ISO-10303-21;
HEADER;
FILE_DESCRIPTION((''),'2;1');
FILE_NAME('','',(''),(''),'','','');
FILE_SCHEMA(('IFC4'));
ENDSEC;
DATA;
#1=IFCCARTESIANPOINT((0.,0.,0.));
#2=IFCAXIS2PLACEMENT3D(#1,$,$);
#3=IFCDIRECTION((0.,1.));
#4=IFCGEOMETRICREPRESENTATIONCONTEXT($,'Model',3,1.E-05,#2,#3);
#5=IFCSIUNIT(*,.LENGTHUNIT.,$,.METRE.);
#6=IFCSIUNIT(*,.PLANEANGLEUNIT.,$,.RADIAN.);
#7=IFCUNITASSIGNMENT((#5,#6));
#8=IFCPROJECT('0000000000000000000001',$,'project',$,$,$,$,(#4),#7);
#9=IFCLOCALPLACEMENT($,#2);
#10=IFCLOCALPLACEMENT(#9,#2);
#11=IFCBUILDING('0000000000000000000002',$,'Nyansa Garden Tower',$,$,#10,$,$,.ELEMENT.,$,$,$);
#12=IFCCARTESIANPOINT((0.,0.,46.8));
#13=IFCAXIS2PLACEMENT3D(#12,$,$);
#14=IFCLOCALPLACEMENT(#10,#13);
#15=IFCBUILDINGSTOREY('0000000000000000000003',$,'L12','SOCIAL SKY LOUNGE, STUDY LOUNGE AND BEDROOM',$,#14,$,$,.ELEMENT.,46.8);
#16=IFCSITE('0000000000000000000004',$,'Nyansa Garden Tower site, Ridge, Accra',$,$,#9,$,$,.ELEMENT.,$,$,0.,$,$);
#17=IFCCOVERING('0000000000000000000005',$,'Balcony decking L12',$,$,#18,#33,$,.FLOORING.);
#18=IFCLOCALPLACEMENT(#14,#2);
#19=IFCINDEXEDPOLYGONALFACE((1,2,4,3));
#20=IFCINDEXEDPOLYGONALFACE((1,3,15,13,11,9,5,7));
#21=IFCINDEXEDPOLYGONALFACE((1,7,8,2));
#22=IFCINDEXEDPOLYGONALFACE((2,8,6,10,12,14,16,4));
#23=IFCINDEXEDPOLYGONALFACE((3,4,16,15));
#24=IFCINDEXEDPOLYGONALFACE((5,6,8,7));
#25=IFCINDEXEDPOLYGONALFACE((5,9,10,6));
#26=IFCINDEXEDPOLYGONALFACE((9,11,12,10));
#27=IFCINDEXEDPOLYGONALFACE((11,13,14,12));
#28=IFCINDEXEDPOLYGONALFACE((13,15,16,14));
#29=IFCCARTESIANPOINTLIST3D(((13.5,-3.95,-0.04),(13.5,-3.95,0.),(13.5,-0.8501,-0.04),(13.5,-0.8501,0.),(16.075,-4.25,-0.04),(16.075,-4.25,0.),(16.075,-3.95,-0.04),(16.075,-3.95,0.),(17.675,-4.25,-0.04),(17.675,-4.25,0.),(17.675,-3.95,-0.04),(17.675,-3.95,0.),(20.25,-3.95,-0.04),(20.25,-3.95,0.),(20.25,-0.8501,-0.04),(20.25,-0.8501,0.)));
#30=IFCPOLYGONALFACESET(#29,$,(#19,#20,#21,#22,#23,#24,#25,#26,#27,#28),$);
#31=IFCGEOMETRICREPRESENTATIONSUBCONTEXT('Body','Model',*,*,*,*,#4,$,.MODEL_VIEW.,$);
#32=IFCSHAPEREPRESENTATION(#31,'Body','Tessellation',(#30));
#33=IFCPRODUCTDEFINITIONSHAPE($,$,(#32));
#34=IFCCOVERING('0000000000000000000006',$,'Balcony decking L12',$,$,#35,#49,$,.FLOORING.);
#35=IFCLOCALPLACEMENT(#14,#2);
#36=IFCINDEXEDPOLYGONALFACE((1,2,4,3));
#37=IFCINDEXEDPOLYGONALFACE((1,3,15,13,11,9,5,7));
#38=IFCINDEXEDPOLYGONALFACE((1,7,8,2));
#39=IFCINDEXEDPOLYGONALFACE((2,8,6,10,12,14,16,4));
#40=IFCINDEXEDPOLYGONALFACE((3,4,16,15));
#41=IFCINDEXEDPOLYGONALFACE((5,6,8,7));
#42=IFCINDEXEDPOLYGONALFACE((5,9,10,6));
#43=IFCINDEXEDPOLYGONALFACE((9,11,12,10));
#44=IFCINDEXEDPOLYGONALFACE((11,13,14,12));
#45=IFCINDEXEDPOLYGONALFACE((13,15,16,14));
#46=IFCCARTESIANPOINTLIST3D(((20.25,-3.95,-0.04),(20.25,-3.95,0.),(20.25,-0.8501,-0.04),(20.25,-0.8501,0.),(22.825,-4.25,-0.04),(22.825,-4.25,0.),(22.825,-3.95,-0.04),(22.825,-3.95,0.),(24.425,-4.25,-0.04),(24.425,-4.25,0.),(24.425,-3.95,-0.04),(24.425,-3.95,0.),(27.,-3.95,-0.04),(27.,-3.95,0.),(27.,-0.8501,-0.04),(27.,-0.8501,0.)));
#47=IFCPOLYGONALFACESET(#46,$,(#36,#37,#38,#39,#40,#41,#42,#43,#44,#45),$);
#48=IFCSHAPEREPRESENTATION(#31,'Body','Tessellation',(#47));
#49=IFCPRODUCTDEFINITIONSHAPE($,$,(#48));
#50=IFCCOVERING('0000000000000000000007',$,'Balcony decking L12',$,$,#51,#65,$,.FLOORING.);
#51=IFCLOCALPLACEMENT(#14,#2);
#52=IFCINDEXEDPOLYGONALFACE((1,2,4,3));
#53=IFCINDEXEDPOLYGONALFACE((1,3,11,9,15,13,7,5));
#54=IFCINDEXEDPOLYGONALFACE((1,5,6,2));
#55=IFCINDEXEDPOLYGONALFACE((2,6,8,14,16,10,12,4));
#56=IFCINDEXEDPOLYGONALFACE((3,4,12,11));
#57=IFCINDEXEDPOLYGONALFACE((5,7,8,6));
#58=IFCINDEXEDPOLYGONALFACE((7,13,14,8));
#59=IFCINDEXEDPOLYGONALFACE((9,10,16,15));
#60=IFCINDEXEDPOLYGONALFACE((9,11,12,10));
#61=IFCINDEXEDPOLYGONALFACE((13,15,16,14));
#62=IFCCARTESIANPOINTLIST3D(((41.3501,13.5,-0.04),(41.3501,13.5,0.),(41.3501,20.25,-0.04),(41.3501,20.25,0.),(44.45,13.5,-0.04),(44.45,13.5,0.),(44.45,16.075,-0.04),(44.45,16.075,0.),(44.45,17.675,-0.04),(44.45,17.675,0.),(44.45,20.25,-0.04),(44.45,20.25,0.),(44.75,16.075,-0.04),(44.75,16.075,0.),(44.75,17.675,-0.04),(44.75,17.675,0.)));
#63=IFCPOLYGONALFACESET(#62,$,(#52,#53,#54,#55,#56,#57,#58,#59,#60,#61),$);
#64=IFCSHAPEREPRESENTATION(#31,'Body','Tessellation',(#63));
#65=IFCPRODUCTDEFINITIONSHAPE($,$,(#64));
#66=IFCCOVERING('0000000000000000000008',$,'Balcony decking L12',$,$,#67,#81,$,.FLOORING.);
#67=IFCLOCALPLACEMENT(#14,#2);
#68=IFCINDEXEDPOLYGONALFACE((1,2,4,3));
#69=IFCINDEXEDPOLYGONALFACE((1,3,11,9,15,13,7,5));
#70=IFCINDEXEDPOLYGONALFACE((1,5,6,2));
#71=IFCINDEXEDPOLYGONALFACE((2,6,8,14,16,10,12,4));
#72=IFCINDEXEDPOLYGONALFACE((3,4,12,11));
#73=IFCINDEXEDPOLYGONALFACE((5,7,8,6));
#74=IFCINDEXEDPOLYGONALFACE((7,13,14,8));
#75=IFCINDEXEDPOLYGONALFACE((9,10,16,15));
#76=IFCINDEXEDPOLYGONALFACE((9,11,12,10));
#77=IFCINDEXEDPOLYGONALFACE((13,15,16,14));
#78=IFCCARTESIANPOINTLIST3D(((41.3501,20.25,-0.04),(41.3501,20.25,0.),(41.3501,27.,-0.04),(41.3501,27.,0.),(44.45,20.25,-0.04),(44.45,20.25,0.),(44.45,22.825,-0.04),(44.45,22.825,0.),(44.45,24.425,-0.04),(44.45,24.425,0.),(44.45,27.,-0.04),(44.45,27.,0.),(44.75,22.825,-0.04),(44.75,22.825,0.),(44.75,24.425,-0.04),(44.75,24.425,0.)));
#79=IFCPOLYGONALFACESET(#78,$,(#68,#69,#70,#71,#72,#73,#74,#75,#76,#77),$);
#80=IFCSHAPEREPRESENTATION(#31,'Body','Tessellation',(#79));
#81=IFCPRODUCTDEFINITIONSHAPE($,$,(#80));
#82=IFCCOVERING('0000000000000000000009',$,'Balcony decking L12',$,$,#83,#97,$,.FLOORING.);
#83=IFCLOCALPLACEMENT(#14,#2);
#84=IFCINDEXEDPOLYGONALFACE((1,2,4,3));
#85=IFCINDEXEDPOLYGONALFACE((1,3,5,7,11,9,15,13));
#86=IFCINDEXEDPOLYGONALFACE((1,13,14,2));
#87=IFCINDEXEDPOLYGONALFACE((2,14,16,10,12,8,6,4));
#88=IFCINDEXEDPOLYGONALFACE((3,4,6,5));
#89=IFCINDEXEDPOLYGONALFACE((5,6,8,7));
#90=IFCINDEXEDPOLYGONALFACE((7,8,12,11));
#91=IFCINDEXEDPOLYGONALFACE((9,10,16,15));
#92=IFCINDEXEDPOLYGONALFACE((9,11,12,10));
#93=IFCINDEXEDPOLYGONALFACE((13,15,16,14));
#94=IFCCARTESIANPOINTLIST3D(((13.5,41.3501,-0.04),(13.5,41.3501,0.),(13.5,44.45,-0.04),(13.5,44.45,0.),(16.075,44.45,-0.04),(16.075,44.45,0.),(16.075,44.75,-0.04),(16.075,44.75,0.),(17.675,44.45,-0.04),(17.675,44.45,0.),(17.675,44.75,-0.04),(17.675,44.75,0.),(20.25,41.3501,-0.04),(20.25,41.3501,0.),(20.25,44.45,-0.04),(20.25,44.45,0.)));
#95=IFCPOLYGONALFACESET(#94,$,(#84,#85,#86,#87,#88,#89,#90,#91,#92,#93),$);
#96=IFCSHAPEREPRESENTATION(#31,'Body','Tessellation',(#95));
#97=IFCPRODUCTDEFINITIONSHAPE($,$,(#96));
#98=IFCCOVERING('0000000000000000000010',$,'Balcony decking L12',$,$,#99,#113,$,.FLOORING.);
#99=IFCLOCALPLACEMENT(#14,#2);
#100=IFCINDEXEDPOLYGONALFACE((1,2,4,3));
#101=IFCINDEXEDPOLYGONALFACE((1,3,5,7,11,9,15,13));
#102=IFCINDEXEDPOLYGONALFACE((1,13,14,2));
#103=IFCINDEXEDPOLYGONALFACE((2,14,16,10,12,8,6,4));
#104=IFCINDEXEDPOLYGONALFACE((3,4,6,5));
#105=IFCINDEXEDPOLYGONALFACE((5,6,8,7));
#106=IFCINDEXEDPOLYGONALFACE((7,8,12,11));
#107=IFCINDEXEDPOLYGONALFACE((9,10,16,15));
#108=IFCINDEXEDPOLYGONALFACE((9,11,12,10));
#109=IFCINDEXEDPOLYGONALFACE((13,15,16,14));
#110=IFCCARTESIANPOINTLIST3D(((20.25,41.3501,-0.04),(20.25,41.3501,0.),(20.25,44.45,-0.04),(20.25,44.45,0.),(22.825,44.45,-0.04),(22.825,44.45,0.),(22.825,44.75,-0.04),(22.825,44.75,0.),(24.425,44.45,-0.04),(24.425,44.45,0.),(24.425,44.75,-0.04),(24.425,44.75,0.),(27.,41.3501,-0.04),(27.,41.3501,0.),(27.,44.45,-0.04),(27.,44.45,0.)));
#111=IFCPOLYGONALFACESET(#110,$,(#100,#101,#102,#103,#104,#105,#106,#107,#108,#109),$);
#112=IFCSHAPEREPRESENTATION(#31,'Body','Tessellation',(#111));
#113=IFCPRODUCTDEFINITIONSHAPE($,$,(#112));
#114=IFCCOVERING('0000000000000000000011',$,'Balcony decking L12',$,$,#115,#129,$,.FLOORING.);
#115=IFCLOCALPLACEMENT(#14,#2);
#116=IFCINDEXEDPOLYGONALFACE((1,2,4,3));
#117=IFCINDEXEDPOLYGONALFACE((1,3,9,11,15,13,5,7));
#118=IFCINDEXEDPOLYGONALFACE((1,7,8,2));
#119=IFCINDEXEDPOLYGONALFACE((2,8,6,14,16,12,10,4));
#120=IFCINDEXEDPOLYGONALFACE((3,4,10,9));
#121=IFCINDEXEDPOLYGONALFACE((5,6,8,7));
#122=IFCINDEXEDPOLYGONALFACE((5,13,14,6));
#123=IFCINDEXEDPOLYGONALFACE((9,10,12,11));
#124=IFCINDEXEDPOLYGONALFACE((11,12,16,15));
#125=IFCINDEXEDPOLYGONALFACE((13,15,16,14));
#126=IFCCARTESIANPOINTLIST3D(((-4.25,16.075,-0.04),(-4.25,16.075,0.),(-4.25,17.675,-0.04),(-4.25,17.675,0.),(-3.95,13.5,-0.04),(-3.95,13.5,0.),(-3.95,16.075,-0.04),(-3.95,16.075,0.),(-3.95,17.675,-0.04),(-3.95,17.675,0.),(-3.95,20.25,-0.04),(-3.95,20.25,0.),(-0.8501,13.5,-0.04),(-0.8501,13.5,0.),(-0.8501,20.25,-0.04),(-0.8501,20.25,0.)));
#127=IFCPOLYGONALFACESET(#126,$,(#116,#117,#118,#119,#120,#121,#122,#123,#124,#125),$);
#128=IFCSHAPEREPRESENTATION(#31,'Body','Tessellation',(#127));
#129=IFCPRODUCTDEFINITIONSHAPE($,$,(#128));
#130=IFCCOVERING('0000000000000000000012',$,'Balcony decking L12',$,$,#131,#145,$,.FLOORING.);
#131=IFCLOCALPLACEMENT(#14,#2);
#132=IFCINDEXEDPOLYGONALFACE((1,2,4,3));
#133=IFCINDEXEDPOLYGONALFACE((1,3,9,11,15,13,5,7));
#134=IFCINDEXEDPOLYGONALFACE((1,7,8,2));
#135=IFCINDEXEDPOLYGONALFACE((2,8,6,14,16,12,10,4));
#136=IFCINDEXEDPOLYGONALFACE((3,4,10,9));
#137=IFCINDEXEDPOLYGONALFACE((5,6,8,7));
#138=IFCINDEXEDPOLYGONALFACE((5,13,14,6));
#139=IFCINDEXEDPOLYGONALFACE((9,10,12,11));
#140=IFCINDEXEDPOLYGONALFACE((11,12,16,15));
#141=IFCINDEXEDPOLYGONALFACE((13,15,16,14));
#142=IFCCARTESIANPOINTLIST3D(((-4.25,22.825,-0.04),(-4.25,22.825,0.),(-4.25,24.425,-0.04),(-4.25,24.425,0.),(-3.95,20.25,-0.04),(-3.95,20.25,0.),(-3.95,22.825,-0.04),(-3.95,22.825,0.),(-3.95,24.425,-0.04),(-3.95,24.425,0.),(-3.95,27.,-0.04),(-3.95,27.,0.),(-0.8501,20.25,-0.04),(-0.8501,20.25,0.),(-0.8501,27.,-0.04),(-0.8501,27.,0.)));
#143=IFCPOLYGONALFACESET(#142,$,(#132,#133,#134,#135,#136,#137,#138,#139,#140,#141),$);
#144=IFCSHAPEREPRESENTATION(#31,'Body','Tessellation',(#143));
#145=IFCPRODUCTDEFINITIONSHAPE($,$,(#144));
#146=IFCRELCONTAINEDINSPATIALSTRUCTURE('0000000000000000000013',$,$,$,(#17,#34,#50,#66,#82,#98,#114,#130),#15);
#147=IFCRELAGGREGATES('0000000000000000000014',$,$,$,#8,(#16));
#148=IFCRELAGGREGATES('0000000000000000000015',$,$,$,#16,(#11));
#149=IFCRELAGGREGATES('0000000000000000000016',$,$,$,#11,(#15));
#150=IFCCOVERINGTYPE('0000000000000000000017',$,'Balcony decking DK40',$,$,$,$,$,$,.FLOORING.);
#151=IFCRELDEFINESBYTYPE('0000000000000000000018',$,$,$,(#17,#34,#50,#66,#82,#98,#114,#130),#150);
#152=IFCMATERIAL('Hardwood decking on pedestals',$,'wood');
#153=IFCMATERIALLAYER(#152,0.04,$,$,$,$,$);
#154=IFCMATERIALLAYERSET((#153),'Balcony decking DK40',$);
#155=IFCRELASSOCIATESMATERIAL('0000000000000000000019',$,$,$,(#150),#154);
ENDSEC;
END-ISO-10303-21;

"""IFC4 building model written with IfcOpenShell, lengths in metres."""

from ifc_helpers import new_model, si_unit, direction, frame, origin, place, context, subcontext, project, spatial, polyline, outline, extrude, material, layer, layer_set, type_object, element, save


model = new_model("IFC4")

# Units and contexts
model_context = context("Model", 3, precision=1e-05, world=origin(), true_north=direction((0.0, 1.0)))
body_context = subcontext(model_context, "Body", "Model", "MODEL_VIEW")
ifc_project = project(units=[si_unit("LENGTHUNIT", "METRE"), si_unit("PLANEANGLEUNIT", "RADIAN")], contexts=[model_context])

# Site, building, storey
site_placement = place(None, origin())
site = spatial("IfcSite", under=ifc_project, at=site_placement, Name="Nyansa Garden Tower site, Ridge, Accra", CompositionType="ELEMENT", RefElevation=0.0)
building_placement = place(site_placement, origin())
building = spatial("IfcBuilding", under=site, at=building_placement, Name="Nyansa Garden Tower", CompositionType="ELEMENT")
storey_placement = place(building_placement, frame((0.0, 0.0, 46.8)))
storey = spatial("IfcBuildingStorey", under=building, at=storey_placement, Name="L12", Description="SOCIAL SKY LOUNGE, STUDY LOUNGE AND BEDROOM", CompositionType="ELEMENT", Elevation=46.8)

# Coverings
ifc_material_1 = material(Name="Hardwood decking on pedestals", Category="wood")
ifc_layer_1 = layer(ifc_material_1, 0.04)
ifc_layer_set_1 = layer_set([ifc_layer_1], Name="Balcony decking DK40")
covering_type_1 = type_object("IfcCoveringType", Name="Balcony decking DK40", PredefinedType="FLOORING", material=ifc_layer_set_1)
covering_1_placement = place(storey_placement, frame((0.0, 0.0, -0.04)))
element("IfcCovering", 1, at=covering_1_placement, inside=storey, type_object=covering_type_1, Name="Balcony decking L12", PredefinedType="FLOORING", context=body_context, shape_type="SweptSolid", body=[
    extrude(outline(polyline([(13.5, -0.8501), (20.25, -0.8501), (20.25, -3.95), (17.675, -3.95), (17.675, -4.25), (16.075, -4.25), (16.075, -3.95), (13.5, -3.95), (13.5, -0.8501)])), origin(), (0.0, 0.0, 1.0), 0.04),
])
covering_2_placement = place(storey_placement, frame((0.0, 0.0, -0.04)))
element("IfcCovering", 2, at=covering_2_placement, inside=storey, type_object=covering_type_1, Name="Balcony decking L12", PredefinedType="FLOORING", context=body_context, shape_type="SweptSolid", body=[
    extrude(outline(polyline([(20.25, -0.8501), (27.0, -0.8501), (27.0, -3.95), (24.425, -3.95), (24.425, -4.25), (22.825, -4.25), (22.825, -3.95), (20.25, -3.95), (20.25, -0.8501)])), origin(), (0.0, 0.0, 1.0), 0.04),
])
covering_3_placement = place(storey_placement, frame((0.0, 0.0, -0.04)))
element("IfcCovering", 3, at=covering_3_placement, inside=storey, type_object=covering_type_1, Name="Balcony decking L12", PredefinedType="FLOORING", context=body_context, shape_type="SweptSolid", body=[
    extrude(outline(polyline([(41.3501, 13.5), (41.3501, 20.25), (44.45, 20.25), (44.45, 17.675), (44.75, 17.675), (44.75, 16.075), (44.45, 16.075), (44.45, 13.5), (41.3501, 13.5)])), origin(), (0.0, 0.0, 1.0), 0.04),
])
covering_4_placement = place(storey_placement, frame((0.0, 0.0, -0.04)))
element("IfcCovering", 4, at=covering_4_placement, inside=storey, type_object=covering_type_1, Name="Balcony decking L12", PredefinedType="FLOORING", context=body_context, shape_type="SweptSolid", body=[
    extrude(outline(polyline([(41.3501, 20.25), (41.3501, 27.0), (44.45, 27.0), (44.45, 24.425), (44.75, 24.425), (44.75, 22.825), (44.45, 22.825), (44.45, 20.25), (41.3501, 20.25)])), origin(), (0.0, 0.0, 1.0), 0.04),
])
covering_5_placement = place(storey_placement, frame((0.0, 0.0, -0.04)))
element("IfcCovering", 5, at=covering_5_placement, inside=storey, type_object=covering_type_1, Name="Balcony decking L12", PredefinedType="FLOORING", context=body_context, shape_type="SweptSolid", body=[
    extrude(outline(polyline([(13.5, 41.3501), (20.25, 41.3501), (20.25, 44.45), (17.675, 44.45), (17.675, 44.75), (16.075, 44.75), (16.075, 44.45), (13.5, 44.45), (13.5, 41.3501)])), origin(), (0.0, 0.0, 1.0), 0.04),
])
covering_6_placement = place(storey_placement, frame((0.0, 0.0, -0.04)))
element("IfcCovering", 6, at=covering_6_placement, inside=storey, type_object=covering_type_1, Name="Balcony decking L12", PredefinedType="FLOORING", context=body_context, shape_type="SweptSolid", body=[
    extrude(outline(polyline([(20.25, 41.3501), (27.0, 41.3501), (27.0, 44.45), (24.425, 44.45), (24.425, 44.75), (22.825, 44.75), (22.825, 44.45), (20.25, 44.45), (20.25, 41.3501)])), origin(), (0.0, 0.0, 1.0), 0.04),
])
covering_7_placement = place(storey_placement, frame((0.0, 0.0, -0.04)))
element("IfcCovering", 7, at=covering_7_placement, inside=storey, type_object=covering_type_1, Name="Balcony decking L12", PredefinedType="FLOORING", context=body_context, shape_type="SweptSolid", body=[
    extrude(outline(polyline([(-0.8501, 13.5), (-0.8501, 20.25), (-3.95, 20.25), (-3.95, 17.675), (-4.25, 17.675), (-4.25, 16.075), (-3.95, 16.075), (-3.95, 13.5), (-0.8501, 13.5)])), origin(), (0.0, 0.0, 1.0), 0.04),
])
covering_8_placement = place(storey_placement, frame((0.0, 0.0, -0.04)))
element("IfcCovering", 8, at=covering_8_placement, inside=storey, type_object=covering_type_1, Name="Balcony decking L12", PredefinedType="FLOORING", context=body_context, shape_type="SweptSolid", body=[
    extrude(outline(polyline([(-0.8501, 20.25), (-0.8501, 27.0), (-3.95, 27.0), (-3.95, 24.425), (-4.25, 24.425), (-4.25, 22.825), (-3.95, 22.825), (-3.95, 20.25), (-0.8501, 20.25)])), origin(), (0.0, 0.0, 1.0), 0.04),
])

save(model, "model.ifc")
